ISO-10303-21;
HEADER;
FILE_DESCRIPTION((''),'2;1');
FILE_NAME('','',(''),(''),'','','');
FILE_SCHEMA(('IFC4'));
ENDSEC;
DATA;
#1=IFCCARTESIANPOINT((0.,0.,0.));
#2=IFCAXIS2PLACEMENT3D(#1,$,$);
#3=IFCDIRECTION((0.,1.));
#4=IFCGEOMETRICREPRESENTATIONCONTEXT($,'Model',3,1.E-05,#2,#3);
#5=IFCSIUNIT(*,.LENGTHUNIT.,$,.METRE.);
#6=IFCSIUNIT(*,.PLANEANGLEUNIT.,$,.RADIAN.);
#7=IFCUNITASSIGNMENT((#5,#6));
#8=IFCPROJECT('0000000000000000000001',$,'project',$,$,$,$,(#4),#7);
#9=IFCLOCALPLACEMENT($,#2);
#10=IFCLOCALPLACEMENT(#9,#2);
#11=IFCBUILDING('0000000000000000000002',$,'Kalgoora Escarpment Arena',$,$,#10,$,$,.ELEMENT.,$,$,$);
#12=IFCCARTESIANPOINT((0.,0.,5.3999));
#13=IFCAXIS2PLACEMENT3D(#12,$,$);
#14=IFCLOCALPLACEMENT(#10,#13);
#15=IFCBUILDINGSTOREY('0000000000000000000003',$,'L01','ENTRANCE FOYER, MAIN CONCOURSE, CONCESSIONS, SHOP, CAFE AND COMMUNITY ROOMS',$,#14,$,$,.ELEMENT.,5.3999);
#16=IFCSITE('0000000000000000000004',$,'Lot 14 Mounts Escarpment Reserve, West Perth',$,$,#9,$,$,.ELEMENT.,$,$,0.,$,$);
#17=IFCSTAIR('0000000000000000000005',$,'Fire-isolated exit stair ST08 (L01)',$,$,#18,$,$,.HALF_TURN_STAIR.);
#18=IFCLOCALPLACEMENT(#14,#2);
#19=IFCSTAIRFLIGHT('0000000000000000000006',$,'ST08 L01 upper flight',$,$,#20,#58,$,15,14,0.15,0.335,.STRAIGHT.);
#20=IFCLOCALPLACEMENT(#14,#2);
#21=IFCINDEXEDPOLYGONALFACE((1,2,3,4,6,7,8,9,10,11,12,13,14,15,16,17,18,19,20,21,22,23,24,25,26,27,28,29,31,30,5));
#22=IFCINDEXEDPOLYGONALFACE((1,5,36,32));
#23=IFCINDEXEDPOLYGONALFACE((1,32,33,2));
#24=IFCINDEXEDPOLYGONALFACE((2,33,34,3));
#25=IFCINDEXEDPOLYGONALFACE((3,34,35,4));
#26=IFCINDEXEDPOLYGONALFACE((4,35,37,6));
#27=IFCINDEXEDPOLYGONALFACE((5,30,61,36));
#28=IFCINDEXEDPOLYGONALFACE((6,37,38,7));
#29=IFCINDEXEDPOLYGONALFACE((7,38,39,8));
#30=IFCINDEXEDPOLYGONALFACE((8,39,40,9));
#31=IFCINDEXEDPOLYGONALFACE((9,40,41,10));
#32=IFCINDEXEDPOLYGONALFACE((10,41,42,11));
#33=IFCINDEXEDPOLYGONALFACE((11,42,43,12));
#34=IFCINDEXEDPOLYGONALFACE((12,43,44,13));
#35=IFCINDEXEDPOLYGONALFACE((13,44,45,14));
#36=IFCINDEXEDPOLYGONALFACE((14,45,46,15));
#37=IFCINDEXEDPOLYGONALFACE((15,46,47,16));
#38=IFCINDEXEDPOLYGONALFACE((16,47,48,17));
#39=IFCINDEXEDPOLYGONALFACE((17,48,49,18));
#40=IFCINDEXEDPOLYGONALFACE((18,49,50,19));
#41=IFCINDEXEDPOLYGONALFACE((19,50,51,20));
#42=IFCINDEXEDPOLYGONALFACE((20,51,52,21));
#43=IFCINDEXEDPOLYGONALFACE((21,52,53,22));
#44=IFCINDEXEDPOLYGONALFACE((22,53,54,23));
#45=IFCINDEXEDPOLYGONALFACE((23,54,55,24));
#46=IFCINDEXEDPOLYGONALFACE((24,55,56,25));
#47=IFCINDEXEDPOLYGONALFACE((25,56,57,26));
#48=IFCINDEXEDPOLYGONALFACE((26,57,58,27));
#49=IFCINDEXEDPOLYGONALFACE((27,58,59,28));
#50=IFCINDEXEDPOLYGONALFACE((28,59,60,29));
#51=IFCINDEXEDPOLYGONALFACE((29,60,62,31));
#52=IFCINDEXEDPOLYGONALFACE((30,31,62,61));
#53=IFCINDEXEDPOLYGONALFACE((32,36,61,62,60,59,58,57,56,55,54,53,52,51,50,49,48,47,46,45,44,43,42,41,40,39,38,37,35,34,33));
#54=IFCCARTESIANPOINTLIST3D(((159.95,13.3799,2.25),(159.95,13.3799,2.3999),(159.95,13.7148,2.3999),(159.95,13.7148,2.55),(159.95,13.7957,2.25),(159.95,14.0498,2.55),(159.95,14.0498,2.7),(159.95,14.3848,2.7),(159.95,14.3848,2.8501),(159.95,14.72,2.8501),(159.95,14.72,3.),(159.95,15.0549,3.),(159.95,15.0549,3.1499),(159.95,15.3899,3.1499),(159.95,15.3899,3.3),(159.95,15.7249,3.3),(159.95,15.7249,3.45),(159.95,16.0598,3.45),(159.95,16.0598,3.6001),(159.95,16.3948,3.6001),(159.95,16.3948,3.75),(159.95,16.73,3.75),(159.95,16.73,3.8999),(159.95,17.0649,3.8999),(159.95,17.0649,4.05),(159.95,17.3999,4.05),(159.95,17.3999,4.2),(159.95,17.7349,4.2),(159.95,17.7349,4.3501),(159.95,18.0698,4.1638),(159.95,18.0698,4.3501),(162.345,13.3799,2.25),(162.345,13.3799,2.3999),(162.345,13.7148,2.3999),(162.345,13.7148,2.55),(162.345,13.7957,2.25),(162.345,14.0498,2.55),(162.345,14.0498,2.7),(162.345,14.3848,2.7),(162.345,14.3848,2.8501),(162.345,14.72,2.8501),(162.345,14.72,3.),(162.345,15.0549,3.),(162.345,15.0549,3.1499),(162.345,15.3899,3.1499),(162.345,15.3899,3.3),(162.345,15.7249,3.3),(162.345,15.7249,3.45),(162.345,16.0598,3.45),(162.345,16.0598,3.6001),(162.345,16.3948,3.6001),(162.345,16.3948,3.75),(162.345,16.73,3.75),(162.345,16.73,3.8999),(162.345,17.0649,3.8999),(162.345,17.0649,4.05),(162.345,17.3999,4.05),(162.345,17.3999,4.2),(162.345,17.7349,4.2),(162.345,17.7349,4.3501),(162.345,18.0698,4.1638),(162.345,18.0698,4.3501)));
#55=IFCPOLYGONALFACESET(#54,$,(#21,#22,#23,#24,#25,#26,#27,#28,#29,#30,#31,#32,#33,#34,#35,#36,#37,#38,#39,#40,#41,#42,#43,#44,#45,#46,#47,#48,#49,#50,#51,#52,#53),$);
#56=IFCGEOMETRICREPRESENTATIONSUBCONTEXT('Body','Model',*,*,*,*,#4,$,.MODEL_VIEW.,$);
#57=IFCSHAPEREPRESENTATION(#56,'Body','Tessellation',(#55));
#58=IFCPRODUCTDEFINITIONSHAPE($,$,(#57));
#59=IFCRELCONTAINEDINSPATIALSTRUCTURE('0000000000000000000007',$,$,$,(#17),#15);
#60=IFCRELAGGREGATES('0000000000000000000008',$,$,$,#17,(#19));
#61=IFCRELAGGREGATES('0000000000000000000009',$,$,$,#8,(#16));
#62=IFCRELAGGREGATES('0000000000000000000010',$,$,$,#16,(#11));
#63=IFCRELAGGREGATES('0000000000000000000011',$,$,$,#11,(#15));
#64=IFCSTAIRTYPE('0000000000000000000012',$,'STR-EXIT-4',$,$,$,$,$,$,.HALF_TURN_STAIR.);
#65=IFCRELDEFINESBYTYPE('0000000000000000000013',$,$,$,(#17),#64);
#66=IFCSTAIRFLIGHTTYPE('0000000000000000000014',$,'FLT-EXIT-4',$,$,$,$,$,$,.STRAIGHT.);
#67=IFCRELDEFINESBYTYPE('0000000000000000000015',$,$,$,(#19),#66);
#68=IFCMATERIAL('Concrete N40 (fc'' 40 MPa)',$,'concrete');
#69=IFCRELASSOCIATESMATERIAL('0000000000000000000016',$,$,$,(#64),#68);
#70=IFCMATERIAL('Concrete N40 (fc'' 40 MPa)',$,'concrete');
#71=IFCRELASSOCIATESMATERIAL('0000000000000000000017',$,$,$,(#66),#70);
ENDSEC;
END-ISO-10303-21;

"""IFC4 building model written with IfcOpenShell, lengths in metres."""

from ifc_helpers import new_model, si_unit, direction, frame, origin, place, context, subcontext, project, spatial, polyline, outline, extrude, material, type_object, element, aggregate, save


model = new_model("IFC4")

# Units and contexts
model_context = context("Model", 3, precision=1e-05, world=origin(), true_north=direction((0.0, 1.0)))
body_context = subcontext(model_context, "Body", "Model", "MODEL_VIEW")
ifc_project = project(units=[si_unit("LENGTHUNIT", "METRE"), si_unit("PLANEANGLEUNIT", "RADIAN")], contexts=[model_context])

# Site, building, storey
site_placement = place(None, origin())
site = spatial("IfcSite", under=ifc_project, at=site_placement, Name="Lot 14 Mounts Escarpment Reserve, West Perth", CompositionType="ELEMENT", RefElevation=0.0)
building_placement = place(site_placement, origin())
building = spatial("IfcBuilding", under=site, at=building_placement, Name="Kalgoora Escarpment Arena", CompositionType="ELEMENT")
storey_placement = place(building_placement, frame((0.0, 0.0, 5.3999)))
storey = spatial("IfcBuildingStorey", under=building, at=storey_placement, Name="L01", Description="ENTRANCE FOYER, MAIN CONCOURSE, CONCESSIONS, SHOP, CAFE AND COMMUNITY ROOMS", CompositionType="ELEMENT", Elevation=5.3999)

# Stair, stair flight
ifc_material_1 = material(Name="Concrete N40 (fc' 40 MPa)", Category="concrete")
stair_type = type_object("IfcStairType", Name="STR-EXIT-4", PredefinedType="HALF_TURN_STAIR", material=ifc_material_1)
stair_placement = place(storey_placement, origin())
stair = element("IfcStair", 1, at=stair_placement, inside=storey, type_object=stair_type, Name="Fire-isolated exit stair ST08 (L01)", PredefinedType="HALF_TURN_STAIR")
ifc_material_2 = material(Name="Concrete N40 (fc' 40 MPa)", Category="concrete")
stair_flight_type = type_object("IfcStairFlightType", Name="FLT-EXIT-4", PredefinedType="STRAIGHT", material=ifc_material_2)
stair_flight_placement = place(storey_placement, frame((161.1475, 13.3799, 2.25), z_axis=(0.0, 0.0, 1.0), x_axis=(0.0, 1.0, 0.0)))
stair_flight = element("IfcStairFlight", 2, at=stair_flight_placement, type_object=stair_flight_type, Name="ST08 L01 upper flight", NumberOfRisers=15, NumberOfTreads=14, PredefinedType="STRAIGHT", RiserHeight=0.15, TreadLength=0.335, context=body_context, shape_type="SweptSolid", body=[
    extrude(outline(polyline([(0.0, 0.0), (0.0, 0.1499), (0.335, 0.1499), (0.335, 0.3), (0.6699, 0.3), (0.6699, 0.45), (1.0049, 0.45), (1.0049, 0.6001), (1.3401, 0.6001), (1.3401, 0.75), (1.675, 0.75), (1.675, 0.8999), (2.01, 0.8999), (2.01, 1.05), (2.345, 1.05), (2.345, 1.2), (2.6799, 1.2), (2.6799, 1.3501), (3.0149, 1.3501), (3.0149, 1.5), (3.3501, 1.5), (3.3501, 1.6499), (3.6851, 1.6499), (3.6851, 1.8), (4.02, 1.8), (4.02, 1.95), (4.355, 1.95), (4.355, 2.1001), (4.6899, 2.1001), (4.6899, 2.25), (4.6899, 1.9138), (0.4158, 0.0), (0.0, 0.0)])), frame((0.0, 1.1975, 0.0), z_axis=(0.0, -1.0, 0.0), x_axis=(1.0, 0.0, 0.0)), (0.0, 0.0, 1.0), 2.395),
])
aggregate(stair, [stair_flight])

save(model, "model.ifc")
